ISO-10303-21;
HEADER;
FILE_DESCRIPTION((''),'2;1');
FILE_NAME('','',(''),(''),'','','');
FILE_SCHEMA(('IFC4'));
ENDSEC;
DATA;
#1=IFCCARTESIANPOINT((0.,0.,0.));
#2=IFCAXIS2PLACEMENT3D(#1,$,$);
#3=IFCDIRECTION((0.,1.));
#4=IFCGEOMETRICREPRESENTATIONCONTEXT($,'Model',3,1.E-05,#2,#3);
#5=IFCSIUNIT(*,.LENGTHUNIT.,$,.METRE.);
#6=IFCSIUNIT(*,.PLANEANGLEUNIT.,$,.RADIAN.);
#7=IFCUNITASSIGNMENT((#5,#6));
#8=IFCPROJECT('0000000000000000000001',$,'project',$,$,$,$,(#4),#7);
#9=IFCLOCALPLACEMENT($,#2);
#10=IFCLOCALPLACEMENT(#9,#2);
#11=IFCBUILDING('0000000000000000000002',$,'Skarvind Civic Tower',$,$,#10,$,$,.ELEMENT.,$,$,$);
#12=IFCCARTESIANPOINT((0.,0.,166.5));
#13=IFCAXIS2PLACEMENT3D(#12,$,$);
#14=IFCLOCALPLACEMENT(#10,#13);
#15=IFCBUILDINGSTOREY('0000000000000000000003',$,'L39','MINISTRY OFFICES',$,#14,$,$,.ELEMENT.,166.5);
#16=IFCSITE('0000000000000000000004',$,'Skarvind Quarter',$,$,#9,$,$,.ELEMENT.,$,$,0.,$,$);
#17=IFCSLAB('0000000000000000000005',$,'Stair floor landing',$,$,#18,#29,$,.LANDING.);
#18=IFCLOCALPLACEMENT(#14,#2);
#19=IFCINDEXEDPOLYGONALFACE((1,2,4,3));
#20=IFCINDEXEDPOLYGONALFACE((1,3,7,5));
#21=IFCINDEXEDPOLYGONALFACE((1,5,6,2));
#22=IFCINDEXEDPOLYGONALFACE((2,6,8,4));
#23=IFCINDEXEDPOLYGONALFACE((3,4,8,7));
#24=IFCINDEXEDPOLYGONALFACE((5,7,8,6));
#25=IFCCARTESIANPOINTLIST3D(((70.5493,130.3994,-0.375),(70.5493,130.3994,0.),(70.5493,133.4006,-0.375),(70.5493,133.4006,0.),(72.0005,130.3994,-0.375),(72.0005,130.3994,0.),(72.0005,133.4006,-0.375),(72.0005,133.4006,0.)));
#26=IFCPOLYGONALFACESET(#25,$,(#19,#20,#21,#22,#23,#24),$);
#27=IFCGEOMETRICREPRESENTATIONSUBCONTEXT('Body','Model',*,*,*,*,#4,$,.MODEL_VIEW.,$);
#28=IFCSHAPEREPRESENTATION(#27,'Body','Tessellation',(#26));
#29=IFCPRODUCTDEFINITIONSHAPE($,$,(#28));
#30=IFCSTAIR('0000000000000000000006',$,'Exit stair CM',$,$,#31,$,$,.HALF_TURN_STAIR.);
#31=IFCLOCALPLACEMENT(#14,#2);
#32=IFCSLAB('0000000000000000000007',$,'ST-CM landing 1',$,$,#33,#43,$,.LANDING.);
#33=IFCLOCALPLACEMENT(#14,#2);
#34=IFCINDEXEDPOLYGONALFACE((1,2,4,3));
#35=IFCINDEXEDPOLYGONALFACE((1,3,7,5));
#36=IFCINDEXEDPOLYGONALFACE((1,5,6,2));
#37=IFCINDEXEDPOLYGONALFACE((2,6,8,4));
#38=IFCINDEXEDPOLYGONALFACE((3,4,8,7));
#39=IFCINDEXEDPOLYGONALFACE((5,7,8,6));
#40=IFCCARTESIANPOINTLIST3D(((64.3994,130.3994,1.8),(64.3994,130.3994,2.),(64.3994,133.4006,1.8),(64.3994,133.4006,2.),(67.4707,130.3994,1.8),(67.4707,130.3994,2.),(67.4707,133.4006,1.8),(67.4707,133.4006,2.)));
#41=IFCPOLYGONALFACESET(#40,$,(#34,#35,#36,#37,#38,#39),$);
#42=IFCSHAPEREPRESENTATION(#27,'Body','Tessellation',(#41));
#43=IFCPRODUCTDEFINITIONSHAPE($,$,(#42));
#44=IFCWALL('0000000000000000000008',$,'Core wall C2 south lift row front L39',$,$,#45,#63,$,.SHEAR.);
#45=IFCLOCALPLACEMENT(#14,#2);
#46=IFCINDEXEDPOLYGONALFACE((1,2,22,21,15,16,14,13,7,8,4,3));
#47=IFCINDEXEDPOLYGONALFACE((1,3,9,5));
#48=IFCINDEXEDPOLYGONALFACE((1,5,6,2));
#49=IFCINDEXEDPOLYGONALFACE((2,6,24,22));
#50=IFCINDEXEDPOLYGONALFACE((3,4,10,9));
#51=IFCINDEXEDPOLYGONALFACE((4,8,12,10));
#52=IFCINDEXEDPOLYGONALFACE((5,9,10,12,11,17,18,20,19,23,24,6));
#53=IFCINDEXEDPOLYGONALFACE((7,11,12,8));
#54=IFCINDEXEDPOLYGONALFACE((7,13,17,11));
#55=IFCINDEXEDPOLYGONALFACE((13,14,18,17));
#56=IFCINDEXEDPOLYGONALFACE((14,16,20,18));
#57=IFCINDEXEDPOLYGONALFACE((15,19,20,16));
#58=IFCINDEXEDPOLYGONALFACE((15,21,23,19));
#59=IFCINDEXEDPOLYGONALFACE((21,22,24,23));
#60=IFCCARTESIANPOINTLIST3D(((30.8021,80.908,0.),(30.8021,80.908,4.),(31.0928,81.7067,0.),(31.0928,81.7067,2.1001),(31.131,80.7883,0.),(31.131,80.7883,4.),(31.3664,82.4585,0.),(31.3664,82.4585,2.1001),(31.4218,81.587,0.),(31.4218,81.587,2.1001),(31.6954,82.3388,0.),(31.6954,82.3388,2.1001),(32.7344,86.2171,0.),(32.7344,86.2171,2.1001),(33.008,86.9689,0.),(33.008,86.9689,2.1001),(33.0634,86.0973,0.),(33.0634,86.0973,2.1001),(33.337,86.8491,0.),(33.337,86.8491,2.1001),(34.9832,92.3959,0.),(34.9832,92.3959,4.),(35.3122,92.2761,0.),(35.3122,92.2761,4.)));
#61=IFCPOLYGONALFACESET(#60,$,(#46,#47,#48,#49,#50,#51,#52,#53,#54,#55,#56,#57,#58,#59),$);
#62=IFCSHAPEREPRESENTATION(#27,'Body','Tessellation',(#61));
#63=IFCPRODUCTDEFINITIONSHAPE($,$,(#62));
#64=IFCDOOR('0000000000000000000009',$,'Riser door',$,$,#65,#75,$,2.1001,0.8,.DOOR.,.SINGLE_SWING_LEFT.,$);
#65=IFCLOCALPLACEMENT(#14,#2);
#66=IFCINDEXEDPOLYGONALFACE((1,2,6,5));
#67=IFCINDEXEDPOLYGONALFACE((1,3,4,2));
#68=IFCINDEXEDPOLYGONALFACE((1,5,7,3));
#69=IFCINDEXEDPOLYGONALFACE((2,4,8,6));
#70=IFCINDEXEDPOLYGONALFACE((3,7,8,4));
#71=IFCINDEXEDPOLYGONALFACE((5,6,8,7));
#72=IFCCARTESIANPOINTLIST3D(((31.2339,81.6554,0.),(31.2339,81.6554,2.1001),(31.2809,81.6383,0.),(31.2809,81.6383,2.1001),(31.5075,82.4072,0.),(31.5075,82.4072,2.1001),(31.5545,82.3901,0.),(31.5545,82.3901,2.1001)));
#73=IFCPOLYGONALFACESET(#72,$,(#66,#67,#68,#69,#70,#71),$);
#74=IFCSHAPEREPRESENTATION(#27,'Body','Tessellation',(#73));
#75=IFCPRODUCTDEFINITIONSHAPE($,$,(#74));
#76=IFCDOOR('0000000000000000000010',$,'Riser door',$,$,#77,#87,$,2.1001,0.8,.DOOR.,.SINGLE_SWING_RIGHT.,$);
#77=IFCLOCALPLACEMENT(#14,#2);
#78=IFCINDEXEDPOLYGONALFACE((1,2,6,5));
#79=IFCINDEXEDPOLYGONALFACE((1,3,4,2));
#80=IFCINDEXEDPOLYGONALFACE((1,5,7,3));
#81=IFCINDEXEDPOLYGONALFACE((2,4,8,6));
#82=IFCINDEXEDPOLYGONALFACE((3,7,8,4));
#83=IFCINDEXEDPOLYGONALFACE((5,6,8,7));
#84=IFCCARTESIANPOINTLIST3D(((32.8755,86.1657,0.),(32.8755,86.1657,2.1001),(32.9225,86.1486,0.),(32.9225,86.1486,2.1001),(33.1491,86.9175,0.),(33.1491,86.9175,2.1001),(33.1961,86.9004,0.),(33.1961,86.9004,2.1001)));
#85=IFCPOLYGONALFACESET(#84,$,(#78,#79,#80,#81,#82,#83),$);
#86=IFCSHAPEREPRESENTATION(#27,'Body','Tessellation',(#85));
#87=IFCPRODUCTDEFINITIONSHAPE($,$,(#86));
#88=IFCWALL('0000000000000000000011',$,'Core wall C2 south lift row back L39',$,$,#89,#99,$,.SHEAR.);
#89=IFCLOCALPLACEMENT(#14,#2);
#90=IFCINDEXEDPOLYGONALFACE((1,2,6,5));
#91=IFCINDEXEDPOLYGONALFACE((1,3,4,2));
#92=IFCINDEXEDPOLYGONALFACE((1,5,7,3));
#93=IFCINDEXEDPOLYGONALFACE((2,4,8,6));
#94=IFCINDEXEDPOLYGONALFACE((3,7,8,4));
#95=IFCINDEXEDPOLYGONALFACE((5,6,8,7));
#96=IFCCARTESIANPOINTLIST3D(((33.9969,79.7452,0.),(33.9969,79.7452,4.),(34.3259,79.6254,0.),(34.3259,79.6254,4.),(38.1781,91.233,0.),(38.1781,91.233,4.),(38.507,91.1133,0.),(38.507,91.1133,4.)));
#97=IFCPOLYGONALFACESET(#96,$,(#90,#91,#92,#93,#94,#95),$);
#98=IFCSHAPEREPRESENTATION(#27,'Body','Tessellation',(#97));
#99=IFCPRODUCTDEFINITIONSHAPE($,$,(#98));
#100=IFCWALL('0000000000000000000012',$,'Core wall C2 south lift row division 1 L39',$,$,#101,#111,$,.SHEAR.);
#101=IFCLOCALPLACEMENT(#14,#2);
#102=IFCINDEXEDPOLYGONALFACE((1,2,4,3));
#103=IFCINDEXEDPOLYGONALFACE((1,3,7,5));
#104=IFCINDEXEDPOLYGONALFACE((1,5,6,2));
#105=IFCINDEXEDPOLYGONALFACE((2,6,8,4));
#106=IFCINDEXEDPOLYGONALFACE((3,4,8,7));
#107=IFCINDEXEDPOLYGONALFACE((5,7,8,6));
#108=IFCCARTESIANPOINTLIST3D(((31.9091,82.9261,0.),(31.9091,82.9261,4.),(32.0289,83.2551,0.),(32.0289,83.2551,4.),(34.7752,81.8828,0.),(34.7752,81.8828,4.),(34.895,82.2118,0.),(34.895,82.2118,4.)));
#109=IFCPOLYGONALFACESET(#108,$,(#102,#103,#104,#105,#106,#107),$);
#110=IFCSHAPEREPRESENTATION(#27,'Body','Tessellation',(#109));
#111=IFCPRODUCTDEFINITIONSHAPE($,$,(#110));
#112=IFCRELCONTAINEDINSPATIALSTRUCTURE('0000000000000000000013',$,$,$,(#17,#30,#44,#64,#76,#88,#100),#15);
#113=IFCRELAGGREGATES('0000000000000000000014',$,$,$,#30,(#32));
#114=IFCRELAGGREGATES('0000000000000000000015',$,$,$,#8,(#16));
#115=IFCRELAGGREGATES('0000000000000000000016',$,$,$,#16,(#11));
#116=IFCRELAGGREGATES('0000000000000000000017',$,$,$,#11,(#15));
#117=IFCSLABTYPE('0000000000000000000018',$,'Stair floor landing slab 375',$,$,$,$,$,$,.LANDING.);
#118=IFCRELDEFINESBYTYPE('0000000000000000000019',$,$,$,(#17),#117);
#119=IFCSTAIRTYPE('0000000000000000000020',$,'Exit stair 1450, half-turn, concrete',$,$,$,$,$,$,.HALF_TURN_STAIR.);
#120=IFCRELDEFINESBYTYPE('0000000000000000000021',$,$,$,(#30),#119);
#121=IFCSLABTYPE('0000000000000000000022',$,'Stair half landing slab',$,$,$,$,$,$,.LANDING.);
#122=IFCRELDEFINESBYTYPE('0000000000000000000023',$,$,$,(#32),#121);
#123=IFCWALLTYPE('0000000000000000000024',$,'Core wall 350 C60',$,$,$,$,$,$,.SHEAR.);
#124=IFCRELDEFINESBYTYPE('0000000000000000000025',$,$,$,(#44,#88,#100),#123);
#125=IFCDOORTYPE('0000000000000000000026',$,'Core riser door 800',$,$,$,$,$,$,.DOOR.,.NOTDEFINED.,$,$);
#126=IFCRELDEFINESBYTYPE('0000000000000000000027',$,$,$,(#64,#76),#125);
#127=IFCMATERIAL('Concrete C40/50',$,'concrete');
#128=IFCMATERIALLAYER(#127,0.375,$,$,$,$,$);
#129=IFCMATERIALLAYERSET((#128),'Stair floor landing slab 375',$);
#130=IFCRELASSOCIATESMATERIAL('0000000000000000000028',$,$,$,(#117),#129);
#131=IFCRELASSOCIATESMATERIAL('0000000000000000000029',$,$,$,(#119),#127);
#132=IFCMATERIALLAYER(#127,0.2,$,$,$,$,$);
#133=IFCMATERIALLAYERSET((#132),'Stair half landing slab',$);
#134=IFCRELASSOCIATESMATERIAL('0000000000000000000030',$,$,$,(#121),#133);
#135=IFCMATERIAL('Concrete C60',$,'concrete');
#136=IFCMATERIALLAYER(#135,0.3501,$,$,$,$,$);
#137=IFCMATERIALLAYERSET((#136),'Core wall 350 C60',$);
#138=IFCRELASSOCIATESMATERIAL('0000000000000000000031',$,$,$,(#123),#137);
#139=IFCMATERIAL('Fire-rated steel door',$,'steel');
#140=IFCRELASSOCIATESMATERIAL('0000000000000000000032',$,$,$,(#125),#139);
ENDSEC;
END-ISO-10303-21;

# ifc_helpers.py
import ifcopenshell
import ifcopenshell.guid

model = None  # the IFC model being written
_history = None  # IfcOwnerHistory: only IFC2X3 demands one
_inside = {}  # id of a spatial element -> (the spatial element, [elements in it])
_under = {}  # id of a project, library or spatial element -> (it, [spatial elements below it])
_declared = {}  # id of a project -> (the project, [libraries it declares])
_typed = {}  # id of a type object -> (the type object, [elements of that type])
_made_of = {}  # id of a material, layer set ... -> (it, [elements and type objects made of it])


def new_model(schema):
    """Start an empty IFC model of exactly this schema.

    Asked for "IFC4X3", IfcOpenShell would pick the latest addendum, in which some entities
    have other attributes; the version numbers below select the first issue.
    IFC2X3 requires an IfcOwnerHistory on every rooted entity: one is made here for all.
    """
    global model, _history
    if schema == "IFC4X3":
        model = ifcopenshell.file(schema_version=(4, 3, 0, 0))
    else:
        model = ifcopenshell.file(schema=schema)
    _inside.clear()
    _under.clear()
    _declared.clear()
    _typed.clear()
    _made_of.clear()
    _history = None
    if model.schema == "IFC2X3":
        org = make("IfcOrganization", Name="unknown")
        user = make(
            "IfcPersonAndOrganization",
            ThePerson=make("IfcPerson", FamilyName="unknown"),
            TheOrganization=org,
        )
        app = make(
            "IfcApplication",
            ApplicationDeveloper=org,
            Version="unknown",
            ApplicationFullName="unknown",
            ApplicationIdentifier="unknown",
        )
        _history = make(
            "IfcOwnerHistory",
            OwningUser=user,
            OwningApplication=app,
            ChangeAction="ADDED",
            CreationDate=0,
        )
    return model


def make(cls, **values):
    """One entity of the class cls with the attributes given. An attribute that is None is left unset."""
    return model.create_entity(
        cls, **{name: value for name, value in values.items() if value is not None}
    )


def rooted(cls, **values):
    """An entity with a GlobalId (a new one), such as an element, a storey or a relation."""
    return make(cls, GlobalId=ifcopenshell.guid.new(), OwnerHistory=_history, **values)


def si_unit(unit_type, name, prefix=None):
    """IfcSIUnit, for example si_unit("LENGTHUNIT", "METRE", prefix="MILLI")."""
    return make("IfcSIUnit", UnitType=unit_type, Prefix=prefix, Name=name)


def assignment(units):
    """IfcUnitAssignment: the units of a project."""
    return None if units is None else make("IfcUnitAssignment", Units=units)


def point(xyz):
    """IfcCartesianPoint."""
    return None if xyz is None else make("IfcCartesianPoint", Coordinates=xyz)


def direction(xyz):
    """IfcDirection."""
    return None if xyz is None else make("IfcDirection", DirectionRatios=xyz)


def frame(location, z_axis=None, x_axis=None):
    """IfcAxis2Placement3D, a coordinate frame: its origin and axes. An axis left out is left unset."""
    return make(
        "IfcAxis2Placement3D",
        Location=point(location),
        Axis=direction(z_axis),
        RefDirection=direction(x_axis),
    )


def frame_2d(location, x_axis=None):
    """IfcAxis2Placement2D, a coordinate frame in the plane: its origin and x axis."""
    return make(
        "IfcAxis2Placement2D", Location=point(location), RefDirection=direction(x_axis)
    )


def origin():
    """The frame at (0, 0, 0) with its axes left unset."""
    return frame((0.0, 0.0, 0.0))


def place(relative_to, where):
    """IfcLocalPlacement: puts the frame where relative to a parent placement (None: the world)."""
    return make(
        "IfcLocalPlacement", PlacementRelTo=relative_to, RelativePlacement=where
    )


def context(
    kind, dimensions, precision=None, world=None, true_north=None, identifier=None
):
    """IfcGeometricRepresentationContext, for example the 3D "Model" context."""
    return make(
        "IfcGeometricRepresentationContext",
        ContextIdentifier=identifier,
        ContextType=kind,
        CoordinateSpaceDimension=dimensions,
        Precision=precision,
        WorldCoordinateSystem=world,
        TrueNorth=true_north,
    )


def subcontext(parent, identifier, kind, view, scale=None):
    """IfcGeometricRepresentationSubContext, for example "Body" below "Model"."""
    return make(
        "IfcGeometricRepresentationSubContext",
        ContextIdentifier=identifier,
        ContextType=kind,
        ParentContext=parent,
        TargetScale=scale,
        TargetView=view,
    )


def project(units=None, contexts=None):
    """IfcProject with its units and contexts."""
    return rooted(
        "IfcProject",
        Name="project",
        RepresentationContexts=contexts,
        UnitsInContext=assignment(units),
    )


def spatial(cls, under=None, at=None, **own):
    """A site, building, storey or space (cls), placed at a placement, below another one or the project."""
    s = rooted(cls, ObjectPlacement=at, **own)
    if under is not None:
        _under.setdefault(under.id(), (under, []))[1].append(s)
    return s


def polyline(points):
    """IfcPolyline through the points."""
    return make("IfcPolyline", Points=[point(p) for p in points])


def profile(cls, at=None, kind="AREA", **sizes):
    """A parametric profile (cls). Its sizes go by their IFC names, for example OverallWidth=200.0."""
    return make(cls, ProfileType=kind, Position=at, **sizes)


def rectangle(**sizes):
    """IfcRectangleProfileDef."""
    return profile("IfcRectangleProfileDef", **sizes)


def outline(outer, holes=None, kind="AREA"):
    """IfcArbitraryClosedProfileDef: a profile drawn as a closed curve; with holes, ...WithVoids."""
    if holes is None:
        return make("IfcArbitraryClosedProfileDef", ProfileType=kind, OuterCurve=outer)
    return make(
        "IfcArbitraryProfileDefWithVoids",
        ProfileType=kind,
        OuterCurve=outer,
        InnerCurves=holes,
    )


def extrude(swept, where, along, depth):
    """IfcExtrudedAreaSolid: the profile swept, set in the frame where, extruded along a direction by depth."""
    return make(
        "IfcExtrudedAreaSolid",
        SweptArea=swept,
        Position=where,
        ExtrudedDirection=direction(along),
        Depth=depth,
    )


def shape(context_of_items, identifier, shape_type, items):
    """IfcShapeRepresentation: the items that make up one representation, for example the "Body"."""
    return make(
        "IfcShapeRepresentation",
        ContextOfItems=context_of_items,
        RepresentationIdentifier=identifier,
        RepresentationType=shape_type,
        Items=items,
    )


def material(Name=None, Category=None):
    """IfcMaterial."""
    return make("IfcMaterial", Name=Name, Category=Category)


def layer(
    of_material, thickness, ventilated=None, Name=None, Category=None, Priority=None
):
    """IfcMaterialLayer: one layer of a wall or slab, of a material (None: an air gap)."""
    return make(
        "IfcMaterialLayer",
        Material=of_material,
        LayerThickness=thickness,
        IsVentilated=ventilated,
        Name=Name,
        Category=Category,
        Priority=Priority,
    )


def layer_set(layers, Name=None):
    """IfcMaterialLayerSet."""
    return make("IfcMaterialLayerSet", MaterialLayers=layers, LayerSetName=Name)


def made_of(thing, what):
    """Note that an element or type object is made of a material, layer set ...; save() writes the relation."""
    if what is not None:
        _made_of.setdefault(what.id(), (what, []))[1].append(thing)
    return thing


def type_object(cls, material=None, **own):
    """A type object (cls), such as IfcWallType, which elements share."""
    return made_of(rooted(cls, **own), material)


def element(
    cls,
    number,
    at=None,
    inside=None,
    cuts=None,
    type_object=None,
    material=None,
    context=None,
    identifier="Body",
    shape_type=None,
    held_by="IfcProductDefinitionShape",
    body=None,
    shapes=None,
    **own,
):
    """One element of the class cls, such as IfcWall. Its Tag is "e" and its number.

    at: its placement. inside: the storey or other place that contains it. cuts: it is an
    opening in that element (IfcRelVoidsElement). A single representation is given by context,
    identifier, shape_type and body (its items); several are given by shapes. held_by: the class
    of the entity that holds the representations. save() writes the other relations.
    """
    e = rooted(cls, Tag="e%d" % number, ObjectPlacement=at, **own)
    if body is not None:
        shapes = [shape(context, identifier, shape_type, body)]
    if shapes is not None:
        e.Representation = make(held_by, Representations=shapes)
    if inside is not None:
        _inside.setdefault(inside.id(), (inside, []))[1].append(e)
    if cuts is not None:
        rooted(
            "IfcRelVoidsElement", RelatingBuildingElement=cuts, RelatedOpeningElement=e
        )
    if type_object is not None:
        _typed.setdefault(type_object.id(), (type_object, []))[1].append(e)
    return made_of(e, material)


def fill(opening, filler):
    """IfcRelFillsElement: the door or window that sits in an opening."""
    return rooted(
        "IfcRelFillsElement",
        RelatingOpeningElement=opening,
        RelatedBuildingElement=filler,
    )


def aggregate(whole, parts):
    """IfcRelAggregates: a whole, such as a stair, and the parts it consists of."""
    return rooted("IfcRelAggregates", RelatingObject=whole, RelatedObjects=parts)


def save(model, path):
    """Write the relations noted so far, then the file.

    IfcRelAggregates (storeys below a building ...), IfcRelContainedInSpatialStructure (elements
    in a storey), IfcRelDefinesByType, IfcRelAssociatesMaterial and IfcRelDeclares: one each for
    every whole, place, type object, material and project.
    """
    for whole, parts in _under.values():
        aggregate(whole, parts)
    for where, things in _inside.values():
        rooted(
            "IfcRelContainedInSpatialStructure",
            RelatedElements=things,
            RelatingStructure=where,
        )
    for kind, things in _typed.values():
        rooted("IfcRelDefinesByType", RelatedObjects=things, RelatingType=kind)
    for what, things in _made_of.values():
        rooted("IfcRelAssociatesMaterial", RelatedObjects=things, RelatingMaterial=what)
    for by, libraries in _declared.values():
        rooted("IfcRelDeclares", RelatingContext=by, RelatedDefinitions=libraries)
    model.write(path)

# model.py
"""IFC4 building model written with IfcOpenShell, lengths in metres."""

from ifc_helpers import new_model, si_unit, direction, frame, frame_2d, origin, place, context, subcontext, project, spatial, polyline, rectangle, outline, extrude, material, layer, layer_set, type_object, element, fill, aggregate, save


model = new_model("IFC4")

# Units and contexts
model_context = context("Model", 3, precision=1e-05, world=origin(), true_north=direction((0.0, 1.0)))
body_context = subcontext(model_context, "Body", "Model", "MODEL_VIEW")
ifc_project = project(units=[si_unit("LENGTHUNIT", "METRE"), si_unit("PLANEANGLEUNIT", "RADIAN")], contexts=[model_context])

# Site, building, storey
site_placement = place(None, origin())
site = spatial("IfcSite", under=ifc_project, at=site_placement, Name="Skarvind Quarter", CompositionType="ELEMENT", RefElevation=0.0)
building_placement = place(site_placement, origin())
building = spatial("IfcBuilding", under=site, at=building_placement, Name="Skarvind Civic Tower", CompositionType="ELEMENT")
storey_placement = place(building_placement, frame((0.0, 0.0, 166.5)))
storey = spatial("IfcBuildingStorey", under=building, at=storey_placement, Name="L39", Description="MINISTRY OFFICES", CompositionType="ELEMENT", Elevation=166.5)

# Slab
ifc_material_1 = material(Name="Concrete C40/50", Category="concrete")
ifc_layer_1 = layer(ifc_material_1, 0.375)
ifc_layer_set_1 = layer_set([ifc_layer_1], Name="Stair floor landing slab 375")
slab_type_1 = type_object("IfcSlabType", Name="Stair floor landing slab 375", PredefinedType="LANDING", material=ifc_layer_set_1)
slab_1_placement = place(storey_placement, frame((0.0, 0.0, -0.375)))
element("IfcSlab", 1, at=slab_1_placement, inside=storey, type_object=slab_type_1, Name="Stair floor landing", PredefinedType="LANDING", context=body_context, shape_type="SweptSolid", body=[
    extrude(outline(polyline([(70.5493, 130.3994), (70.5493, 133.4006), (72.0005, 133.4006), (72.0005, 130.3994), (70.5493, 130.3994)])), origin(), (0.0, 0.0, 1.0), 0.375),
])

# Stair, slab
stair_type_1 = type_object("IfcStairType", Name="Exit stair 1450, half-turn, concrete", PredefinedType="HALF_TURN_STAIR", material=ifc_material_1)
stair_1_placement = place(storey_placement, origin())
stair_1 = element("IfcStair", 2, at=stair_1_placement, inside=storey, type_object=stair_type_1, Name="Exit stair CM", PredefinedType="HALF_TURN_STAIR")
ifc_layer_2 = layer(ifc_material_1, 0.2)
ifc_layer_set_2 = layer_set([ifc_layer_2], Name="Stair half landing slab")
slab_type_2 = type_object("IfcSlabType", Name="Stair half landing slab", PredefinedType="LANDING", material=ifc_layer_set_2)
slab_2_placement = place(storey_placement, frame((0.0, 0.0, 1.8)))
slab_2 = element("IfcSlab", 3, at=slab_2_placement, type_object=slab_type_2, Name="ST-CM landing 1", PredefinedType="LANDING", context=body_context, shape_type="SweptSolid", body=[
    extrude(outline(polyline([(67.4707, 133.4006), (67.4707, 130.3994), (64.3994, 130.3994), (64.3994, 133.4006), (67.4707, 133.4006)])), origin(), (0.0, 0.0, 1.0), 0.2),
])
aggregate(stair_1, [slab_2])

# Wall, openings, doors
ifc_material_2 = material(Name="Concrete C60", Category="concrete")
ifc_layer_3 = layer(ifc_material_2, 0.3501)
ifc_layer_set_3 = layer_set([ifc_layer_3], Name="Core wall 350 C60")
wall_type_1 = type_object("IfcWallType", Name="Core wall 350 C60", PredefinedType="SHEAR", material=ifc_layer_set_3)
wall_1_placement = place(storey_placement, frame((30.9666, 80.8481, 0.0), z_axis=(0.0, 0.0, 1.0), x_axis=(0.342016, 0.939694, 0.0)))
wall_1 = element("IfcWall", 4, at=wall_1_placement, inside=storey, type_object=wall_type_1, Name="Core wall C2 south lift row front L39", PredefinedType="SHEAR", context=body_context, shape_type="SweptSolid", body=[
    extrude(rectangle(XDim=12.2251, YDim=0.3501, at=frame_2d((6.1125, 0.0))), origin(), (0.0, 0.0, 1.0), 4.0),
])
opening_1_placement = place(wall_1_placement, frame((0.8501, 0.0, 0.0)))
opening_1 = element("IfcOpeningElement", 5, at=opening_1_placement, cuts=wall_1, PredefinedType="OPENING", context=body_context, shape_type="SweptSolid", body=[
    extrude(rectangle(XDim=0.8, YDim=2.1001, at=frame_2d((0.3999, 1.05))), frame((0.0, 0.1851, 0.0), z_axis=(0.0, -1.0, 0.0), x_axis=(1.0, 0.0, 0.0)), (0.0, 0.0, 1.0), 0.3701),
])
opening_2_placement = place(wall_1_placement, frame((5.6499, 0.0, 0.0)))
opening_2 = element("IfcOpeningElement", 6, at=opening_2_placement, cuts=wall_1, PredefinedType="OPENING", context=body_context, shape_type="SweptSolid", body=[
    extrude(rectangle(XDim=0.8, YDim=2.1001, at=frame_2d((0.3999, 1.05))), frame((0.0, 0.1851, 0.0), z_axis=(0.0, -1.0, 0.0), x_axis=(1.0, 0.0, 0.0)), (0.0, 0.0, 1.0), 0.3701),
])
ifc_material_3 = material(Name="Fire-rated steel door", Category="steel")
door_type_1 = type_object("IfcDoorType", Name="Core riser door 800", OperationType="NOTDEFINED", PredefinedType="DOOR", material=ifc_material_3)
door_1_placement = place(opening_1_placement, origin())
door_1 = element("IfcDoor", 7, at=door_1_placement, inside=storey, type_object=door_type_1, Name="Riser door", OperationType="SINGLE_SWING_LEFT", OverallHeight=2.1001, OverallWidth=0.8, PredefinedType="DOOR", context=body_context, shape_type="SweptSolid", body=[
    extrude(rectangle(XDim=0.8, YDim=2.1001, at=frame_2d((0.3999, 1.05))), frame((0.0, 0.0249, 0.0), z_axis=(0.0, -1.0, 0.0), x_axis=(1.0, 0.0, 0.0)), (0.0, 0.0, 1.0), 0.05),
])
fill(opening_1, door_1)
door_2_placement = place(opening_2_placement, origin())
door_2 = element("IfcDoor", 8, at=door_2_placement, inside=storey, type_object=door_type_1, Name="Riser door", OperationType="SINGLE_SWING_RIGHT", OverallHeight=2.1001, OverallWidth=0.8, PredefinedType="DOOR", context=body_context, shape_type="SweptSolid", body=[
    extrude(rectangle(XDim=0.8, YDim=2.1001, at=frame_2d((0.3999, 1.05))), frame((0.0, 0.0249, 0.0), z_axis=(0.0, -1.0, 0.0), x_axis=(1.0, 0.0, 0.0)), (0.0, 0.0, 1.0), 0.05),
])
fill(opening_2, door_2)

# Walls
wall_2_placement = place(storey_placement, frame((34.1614, 79.6853, 0.0), z_axis=(0.0, 0.0, 1.0), x_axis=(0.342016, 0.939694, 0.0)))
element("IfcWall", 9, at=wall_2_placement, inside=storey, type_object=wall_type_1, Name="Core wall C2 south lift row back L39", PredefinedType="SHEAR", context=body_context, shape_type="SweptSolid", body=[
    extrude(rectangle(XDim=12.2251, YDim=0.3501, at=frame_2d((6.1125, 0.0))), origin(), (0.0, 0.0, 1.0), 4.0),
])
wall_3_placement = place(storey_placement, frame((34.835, 82.0474, 0.0), z_axis=(0.0, 0.0, 1.0), x_axis=(-0.939684, 0.342045, 0.0)))
element("IfcWall", 10, at=wall_3_placement, inside=storey, type_object=wall_type_1, Name="Core wall C2 south lift row division 1 L39", PredefinedType="SHEAR", context=body_context, shape_type="SweptSolid", body=[
    extrude(rectangle(XDim=3.05, YDim=0.3501, at=frame_2d((1.5249, 0.0))), origin(), (0.0, 0.0, 1.0), 4.0),
])

save(model, "model.ifc")
